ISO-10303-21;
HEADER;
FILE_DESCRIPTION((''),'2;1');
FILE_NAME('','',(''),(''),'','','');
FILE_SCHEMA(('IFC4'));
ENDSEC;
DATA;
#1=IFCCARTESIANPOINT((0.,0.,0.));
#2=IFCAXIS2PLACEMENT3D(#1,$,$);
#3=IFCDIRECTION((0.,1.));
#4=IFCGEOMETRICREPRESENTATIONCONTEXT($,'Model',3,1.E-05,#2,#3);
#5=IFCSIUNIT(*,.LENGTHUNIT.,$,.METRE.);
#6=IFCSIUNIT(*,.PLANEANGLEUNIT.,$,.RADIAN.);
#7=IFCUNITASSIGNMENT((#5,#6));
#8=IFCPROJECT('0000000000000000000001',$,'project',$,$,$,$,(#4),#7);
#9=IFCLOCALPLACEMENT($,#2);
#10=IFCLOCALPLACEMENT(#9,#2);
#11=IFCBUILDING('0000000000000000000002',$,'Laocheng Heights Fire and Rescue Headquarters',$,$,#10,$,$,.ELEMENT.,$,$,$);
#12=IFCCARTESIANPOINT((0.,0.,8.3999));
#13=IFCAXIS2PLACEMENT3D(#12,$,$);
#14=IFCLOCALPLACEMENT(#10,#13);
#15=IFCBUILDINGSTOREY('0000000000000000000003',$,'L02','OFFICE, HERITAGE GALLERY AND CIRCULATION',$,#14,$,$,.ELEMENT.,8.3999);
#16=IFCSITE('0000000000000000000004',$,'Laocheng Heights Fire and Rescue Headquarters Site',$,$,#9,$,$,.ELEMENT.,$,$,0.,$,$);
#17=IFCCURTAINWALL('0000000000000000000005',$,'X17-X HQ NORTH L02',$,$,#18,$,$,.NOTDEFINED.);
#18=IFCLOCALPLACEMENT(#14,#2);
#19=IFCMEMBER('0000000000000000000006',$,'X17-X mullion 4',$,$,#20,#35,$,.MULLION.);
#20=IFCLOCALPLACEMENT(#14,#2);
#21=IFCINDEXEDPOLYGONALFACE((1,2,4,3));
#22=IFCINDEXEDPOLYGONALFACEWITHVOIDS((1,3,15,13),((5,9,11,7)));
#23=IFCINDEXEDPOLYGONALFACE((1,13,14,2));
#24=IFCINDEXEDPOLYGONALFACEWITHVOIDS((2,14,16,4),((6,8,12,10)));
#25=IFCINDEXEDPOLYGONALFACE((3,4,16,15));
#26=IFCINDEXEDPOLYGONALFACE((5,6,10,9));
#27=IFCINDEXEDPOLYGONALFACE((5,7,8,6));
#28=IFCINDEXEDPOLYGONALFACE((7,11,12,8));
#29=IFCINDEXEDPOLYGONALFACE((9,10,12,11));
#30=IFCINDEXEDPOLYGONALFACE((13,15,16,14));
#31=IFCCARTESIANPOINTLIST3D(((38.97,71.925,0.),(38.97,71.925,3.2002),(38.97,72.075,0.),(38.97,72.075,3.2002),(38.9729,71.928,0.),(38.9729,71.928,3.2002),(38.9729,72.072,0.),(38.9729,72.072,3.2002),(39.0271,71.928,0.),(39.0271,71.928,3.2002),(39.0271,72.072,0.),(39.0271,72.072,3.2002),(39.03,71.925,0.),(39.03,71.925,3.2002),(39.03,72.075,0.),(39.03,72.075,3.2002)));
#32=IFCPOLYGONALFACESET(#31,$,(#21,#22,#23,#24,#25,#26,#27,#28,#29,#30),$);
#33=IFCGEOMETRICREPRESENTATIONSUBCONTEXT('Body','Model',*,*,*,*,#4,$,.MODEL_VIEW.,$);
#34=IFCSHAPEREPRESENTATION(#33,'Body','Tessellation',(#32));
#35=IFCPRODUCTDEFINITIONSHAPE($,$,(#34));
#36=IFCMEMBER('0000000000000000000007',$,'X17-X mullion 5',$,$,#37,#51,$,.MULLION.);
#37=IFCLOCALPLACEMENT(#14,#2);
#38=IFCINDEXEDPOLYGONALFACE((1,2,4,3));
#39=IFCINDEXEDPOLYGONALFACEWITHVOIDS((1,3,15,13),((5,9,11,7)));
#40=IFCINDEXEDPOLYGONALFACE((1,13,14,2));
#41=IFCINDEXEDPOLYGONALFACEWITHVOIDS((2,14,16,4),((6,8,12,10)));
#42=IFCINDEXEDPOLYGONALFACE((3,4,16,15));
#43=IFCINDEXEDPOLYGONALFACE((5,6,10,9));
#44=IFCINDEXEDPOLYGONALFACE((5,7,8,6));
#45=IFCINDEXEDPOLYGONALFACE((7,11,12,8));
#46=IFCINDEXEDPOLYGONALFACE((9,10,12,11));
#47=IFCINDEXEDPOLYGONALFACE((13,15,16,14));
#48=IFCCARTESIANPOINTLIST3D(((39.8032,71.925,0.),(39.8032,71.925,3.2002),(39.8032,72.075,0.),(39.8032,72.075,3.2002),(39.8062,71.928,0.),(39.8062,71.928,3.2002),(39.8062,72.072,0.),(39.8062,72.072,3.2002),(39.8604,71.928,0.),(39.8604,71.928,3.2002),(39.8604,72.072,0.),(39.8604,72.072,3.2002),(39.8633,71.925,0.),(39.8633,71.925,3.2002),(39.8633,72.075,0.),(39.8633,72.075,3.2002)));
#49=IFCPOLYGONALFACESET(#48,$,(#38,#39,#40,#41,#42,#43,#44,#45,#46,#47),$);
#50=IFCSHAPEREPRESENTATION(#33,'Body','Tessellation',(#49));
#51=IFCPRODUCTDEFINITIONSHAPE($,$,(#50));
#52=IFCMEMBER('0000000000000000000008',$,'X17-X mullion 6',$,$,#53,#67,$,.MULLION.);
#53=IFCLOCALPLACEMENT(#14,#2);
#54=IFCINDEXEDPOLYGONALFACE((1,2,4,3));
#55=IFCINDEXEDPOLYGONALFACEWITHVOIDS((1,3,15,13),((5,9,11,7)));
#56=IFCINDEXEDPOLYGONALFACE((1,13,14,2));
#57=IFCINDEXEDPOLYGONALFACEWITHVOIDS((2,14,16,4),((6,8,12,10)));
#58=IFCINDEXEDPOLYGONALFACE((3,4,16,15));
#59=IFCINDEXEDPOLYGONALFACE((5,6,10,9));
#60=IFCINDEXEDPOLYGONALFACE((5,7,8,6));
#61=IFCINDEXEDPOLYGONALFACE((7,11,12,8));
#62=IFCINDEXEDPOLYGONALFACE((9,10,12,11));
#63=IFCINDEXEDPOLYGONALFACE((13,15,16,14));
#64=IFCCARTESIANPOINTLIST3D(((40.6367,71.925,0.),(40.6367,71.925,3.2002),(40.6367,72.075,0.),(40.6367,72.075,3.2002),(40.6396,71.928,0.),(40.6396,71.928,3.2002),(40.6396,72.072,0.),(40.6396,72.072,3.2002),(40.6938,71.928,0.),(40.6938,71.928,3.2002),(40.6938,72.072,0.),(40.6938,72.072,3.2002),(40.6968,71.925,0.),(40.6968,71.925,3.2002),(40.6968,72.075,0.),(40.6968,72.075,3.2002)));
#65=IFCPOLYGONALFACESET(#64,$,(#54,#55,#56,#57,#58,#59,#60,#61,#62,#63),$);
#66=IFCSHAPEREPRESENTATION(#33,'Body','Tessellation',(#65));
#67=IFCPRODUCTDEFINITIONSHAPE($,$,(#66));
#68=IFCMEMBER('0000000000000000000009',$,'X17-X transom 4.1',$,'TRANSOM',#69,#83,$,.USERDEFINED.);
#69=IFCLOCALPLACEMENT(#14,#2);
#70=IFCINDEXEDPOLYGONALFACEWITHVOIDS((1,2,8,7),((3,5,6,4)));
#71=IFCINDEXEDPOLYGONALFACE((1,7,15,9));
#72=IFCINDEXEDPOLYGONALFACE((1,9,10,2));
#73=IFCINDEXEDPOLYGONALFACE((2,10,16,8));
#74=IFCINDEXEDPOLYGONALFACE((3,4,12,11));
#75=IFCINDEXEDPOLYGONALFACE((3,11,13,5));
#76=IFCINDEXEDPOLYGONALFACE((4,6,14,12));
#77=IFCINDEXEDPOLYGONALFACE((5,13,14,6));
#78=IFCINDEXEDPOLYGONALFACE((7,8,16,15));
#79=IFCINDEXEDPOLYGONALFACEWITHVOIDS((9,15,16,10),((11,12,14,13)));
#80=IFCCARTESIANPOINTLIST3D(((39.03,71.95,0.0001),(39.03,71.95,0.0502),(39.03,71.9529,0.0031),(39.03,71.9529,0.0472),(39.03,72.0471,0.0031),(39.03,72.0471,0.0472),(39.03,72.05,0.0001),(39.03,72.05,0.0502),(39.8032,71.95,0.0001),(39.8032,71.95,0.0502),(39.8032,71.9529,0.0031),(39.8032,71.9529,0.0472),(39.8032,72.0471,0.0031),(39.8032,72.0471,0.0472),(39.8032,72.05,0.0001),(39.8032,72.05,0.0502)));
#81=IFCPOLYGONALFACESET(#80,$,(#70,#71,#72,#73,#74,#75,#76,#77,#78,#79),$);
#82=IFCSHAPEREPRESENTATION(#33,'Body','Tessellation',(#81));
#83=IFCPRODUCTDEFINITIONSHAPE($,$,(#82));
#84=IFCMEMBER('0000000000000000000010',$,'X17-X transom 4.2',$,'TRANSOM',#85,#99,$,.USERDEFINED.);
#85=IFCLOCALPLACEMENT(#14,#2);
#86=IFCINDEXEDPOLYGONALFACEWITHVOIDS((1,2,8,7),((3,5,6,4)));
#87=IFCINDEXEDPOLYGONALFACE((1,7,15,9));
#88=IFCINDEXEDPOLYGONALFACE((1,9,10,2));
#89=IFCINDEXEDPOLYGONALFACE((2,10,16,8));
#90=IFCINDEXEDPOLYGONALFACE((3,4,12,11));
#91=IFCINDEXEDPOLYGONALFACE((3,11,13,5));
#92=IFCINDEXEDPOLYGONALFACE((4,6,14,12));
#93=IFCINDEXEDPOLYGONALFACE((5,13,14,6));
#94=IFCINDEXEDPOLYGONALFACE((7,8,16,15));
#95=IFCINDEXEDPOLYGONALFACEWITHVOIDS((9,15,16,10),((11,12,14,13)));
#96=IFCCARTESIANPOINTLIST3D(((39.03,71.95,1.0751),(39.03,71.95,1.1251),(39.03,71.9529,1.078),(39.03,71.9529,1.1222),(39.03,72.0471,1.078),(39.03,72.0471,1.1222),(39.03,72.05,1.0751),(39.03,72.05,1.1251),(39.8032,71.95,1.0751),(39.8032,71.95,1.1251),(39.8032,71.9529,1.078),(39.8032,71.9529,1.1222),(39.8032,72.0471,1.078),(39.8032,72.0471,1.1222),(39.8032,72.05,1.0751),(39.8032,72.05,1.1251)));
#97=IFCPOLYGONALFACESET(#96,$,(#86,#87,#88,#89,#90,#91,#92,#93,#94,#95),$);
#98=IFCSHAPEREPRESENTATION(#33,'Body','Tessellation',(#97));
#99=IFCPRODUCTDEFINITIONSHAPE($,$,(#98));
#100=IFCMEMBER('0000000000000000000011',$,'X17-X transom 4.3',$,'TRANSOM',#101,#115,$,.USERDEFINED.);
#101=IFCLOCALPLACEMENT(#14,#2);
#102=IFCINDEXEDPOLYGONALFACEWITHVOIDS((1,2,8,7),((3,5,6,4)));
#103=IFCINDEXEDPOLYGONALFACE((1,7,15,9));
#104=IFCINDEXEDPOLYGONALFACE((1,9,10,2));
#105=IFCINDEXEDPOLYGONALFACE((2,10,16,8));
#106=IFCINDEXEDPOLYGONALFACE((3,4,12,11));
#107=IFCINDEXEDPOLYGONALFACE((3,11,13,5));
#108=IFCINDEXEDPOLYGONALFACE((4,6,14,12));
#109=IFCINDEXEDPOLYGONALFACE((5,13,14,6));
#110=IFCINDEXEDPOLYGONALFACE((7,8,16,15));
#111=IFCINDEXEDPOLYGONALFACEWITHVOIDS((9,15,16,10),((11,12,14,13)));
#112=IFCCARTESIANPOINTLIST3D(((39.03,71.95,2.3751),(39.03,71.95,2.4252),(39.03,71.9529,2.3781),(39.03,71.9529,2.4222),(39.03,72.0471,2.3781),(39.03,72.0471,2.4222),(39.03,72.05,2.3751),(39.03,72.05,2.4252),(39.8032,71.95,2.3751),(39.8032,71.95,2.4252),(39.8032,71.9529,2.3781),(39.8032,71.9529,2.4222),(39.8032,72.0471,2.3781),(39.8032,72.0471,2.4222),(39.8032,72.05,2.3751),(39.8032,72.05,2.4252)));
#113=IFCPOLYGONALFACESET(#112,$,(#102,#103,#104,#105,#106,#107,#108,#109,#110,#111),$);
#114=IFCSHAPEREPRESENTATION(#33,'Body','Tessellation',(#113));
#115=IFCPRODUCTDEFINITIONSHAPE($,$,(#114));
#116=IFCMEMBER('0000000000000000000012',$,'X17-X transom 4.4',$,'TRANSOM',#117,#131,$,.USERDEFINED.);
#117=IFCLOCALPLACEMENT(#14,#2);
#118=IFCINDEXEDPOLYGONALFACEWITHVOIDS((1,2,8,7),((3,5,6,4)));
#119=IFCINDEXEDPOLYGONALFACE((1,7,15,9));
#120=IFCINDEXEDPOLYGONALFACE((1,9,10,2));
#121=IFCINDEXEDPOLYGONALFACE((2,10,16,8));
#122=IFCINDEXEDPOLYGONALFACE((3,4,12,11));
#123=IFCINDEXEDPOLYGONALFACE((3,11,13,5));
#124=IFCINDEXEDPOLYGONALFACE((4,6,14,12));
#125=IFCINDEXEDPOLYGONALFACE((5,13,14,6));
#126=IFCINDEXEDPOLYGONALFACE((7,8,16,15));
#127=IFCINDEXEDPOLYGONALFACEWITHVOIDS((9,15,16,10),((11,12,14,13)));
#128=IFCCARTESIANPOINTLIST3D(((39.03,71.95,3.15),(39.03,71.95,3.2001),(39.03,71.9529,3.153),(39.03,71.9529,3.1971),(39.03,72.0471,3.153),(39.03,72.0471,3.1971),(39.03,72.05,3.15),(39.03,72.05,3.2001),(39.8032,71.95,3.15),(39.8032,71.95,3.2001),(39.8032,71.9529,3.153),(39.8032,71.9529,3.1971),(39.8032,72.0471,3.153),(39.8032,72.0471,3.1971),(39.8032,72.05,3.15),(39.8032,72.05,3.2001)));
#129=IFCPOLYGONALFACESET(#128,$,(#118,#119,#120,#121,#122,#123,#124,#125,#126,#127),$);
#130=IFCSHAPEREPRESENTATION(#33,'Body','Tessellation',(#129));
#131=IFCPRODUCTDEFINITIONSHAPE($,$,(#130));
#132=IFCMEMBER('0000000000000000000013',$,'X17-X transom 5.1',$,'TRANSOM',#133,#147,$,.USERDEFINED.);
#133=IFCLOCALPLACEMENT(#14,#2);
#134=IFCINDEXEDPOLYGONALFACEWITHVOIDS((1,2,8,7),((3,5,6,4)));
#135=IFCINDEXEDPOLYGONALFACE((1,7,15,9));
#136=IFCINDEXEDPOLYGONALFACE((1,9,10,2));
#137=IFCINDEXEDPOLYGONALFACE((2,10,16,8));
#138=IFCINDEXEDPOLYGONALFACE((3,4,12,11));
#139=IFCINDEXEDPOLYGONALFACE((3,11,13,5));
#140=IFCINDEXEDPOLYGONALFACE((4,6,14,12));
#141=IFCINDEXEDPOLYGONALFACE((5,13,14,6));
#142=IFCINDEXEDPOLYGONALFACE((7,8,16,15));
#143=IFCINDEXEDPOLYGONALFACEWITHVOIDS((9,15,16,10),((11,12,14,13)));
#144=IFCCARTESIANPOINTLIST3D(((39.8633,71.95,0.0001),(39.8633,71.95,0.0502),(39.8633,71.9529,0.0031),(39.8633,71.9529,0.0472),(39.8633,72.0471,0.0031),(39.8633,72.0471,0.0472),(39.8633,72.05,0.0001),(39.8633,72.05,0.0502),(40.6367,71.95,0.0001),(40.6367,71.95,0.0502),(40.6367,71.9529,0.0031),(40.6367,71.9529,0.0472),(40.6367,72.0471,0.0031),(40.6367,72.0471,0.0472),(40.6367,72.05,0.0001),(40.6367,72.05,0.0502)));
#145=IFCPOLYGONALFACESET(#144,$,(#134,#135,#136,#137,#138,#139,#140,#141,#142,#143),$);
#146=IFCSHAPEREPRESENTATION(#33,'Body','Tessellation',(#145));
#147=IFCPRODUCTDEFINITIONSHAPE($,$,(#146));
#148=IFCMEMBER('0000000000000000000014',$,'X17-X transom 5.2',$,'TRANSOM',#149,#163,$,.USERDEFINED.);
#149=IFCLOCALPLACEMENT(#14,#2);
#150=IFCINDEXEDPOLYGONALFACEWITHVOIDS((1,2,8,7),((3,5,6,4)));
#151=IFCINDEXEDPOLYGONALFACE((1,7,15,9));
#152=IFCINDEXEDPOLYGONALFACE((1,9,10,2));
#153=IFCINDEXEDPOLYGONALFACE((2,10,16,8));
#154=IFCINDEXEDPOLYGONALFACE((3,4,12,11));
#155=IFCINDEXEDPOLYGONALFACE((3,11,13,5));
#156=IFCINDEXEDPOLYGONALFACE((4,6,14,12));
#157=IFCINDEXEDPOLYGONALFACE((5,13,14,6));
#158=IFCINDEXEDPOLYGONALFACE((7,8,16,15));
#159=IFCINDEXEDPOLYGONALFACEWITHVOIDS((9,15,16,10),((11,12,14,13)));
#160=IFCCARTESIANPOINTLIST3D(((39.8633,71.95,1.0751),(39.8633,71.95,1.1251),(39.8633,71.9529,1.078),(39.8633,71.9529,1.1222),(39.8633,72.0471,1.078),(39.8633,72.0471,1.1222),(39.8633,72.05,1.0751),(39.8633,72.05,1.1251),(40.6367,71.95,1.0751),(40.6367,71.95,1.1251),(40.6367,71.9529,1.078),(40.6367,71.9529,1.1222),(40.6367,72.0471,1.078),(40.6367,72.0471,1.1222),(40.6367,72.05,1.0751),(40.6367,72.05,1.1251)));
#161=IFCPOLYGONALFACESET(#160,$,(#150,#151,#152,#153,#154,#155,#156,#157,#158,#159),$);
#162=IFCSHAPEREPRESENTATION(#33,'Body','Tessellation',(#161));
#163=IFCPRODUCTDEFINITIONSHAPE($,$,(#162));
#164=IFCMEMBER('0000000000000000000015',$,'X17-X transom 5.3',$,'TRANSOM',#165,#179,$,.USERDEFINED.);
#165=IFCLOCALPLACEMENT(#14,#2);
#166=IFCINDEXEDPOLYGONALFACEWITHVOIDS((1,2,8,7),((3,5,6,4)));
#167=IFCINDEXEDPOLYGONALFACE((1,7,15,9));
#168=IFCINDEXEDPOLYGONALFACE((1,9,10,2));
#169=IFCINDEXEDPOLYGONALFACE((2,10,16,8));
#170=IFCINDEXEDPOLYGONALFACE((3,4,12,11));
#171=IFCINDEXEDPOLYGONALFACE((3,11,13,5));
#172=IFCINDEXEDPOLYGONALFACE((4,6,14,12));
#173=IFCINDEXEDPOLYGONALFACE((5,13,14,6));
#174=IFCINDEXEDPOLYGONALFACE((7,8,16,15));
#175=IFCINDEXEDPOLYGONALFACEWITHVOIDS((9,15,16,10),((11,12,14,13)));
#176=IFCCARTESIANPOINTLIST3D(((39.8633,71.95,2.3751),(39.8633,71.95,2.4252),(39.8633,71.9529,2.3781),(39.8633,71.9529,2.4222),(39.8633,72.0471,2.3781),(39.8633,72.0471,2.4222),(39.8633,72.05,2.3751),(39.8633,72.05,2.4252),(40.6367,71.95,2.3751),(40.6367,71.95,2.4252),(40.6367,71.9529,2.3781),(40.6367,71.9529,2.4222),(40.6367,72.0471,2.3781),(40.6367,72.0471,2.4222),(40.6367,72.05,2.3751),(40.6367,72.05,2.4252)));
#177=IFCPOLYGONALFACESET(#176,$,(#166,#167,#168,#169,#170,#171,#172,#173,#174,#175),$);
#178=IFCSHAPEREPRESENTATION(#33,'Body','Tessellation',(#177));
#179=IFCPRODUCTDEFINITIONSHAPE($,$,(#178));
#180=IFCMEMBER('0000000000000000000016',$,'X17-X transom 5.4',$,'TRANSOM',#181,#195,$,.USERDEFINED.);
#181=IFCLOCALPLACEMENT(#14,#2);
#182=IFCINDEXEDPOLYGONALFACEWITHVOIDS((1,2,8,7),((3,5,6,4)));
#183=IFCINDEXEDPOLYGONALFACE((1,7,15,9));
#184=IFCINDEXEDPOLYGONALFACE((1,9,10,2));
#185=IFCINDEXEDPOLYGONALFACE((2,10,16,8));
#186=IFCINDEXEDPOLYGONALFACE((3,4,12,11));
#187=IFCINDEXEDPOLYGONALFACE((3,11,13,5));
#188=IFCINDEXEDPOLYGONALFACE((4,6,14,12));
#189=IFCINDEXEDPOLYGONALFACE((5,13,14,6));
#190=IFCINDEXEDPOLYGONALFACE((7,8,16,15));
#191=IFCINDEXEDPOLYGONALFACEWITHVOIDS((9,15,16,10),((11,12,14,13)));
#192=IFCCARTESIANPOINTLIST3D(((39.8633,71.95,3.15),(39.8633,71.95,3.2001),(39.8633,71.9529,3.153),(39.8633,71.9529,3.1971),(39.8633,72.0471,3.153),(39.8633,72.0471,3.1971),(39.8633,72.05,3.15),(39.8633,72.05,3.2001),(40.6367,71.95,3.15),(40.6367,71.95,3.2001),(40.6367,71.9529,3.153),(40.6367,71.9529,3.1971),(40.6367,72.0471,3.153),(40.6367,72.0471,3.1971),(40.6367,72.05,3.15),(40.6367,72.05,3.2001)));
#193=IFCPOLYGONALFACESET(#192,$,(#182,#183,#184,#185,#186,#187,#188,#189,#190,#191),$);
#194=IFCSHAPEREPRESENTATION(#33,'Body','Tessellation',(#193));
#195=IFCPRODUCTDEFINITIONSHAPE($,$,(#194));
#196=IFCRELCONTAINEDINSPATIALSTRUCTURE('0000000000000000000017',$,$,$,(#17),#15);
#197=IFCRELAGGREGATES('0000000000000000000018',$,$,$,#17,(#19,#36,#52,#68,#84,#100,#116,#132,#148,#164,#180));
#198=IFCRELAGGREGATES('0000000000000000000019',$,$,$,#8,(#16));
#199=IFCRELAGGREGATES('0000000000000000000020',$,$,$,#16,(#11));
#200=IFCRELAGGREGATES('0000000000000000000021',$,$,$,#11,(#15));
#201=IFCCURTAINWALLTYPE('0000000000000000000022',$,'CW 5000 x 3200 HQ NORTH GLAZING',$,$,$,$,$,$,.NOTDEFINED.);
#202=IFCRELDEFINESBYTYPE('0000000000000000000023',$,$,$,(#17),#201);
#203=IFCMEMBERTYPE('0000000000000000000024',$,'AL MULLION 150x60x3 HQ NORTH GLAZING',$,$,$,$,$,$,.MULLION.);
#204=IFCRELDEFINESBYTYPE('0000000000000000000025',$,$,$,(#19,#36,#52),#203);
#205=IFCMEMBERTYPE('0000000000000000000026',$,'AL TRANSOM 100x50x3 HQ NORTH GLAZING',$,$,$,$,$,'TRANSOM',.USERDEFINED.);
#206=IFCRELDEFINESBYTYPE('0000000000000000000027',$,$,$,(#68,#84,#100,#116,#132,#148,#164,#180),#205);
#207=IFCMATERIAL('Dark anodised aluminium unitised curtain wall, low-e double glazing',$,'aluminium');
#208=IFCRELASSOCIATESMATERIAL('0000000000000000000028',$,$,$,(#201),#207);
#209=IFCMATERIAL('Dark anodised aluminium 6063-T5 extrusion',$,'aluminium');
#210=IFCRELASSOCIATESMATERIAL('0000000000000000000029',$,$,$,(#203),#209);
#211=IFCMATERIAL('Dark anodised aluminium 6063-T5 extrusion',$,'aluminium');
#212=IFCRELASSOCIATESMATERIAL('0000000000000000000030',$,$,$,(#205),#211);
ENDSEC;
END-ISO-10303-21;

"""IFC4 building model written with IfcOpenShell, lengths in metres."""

from ifc_helpers import new_model, si_unit, direction, frame, origin, origin_2d, place, context, subcontext, project, spatial, hollow_rectangle, extrude, material, material_profile, profile_set, type_object, element, aggregate, save


model = new_model("IFC4")

# Units and contexts
model_context = context("Model", 3, precision=1e-05, world=origin(), true_north=direction((0.0, 1.0)))
body_context = subcontext(model_context, "Body", "Model", "MODEL_VIEW")
ifc_project = project(units=[si_unit("LENGTHUNIT", "METRE"), si_unit("PLANEANGLEUNIT", "RADIAN")], contexts=[model_context])

# Site, building, storey
site_placement = place(None, origin())
site = spatial("IfcSite", under=ifc_project, at=site_placement, Name="Laocheng Heights Fire and Rescue Headquarters Site", CompositionType="ELEMENT", RefElevation=0.0)
building_placement = place(site_placement, origin())
building = spatial("IfcBuilding", under=site, at=building_placement, Name="Laocheng Heights Fire and Rescue Headquarters", CompositionType="ELEMENT")
storey_placement = place(building_placement, frame((0.0, 0.0, 8.3999)))
storey = spatial("IfcBuildingStorey", under=building, at=storey_placement, Name="L02", Description="OFFICE, HERITAGE GALLERY AND CIRCULATION", CompositionType="ELEMENT", Elevation=8.3999)

# Curtain wall, members
ifc_material_1 = material(Name="Dark anodised aluminium unitised curtain wall, low-e double glazing", Category="aluminium")
curtain_wall_type = type_object("IfcCurtainWallType", Name="CW 5000 x 3200 HQ NORTH GLAZING", PredefinedType="NOTDEFINED", material=ifc_material_1)
curtain_wall_placement = place(storey_placement, origin())
curtain_wall = element("IfcCurtainWall", 1, at=curtain_wall_placement, inside=storey, type_object=curtain_wall_type, Name="X17-X HQ NORTH L02", PredefinedType="NOTDEFINED")
ifc_material_2 = material(Name="Dark anodised aluminium 6063-T5 extrusion", Category="aluminium")
ifc_material_profile_1 = material_profile(ifc_material_2, hollow_rectangle(XDim=0.1499, YDim=0.0601, WallThickness=0.0029, at=origin_2d()), Name="AL MULLION 150x60x3 HQ NORTH GLAZING")
ifc_profile_set_1 = profile_set([ifc_material_profile_1], Name="Dark anodised aluminium 6063-T5 extrusion")
member_type_1 = type_object("IfcMemberType", Name="AL MULLION 150x60x3 HQ NORTH GLAZING", PredefinedType="MULLION", material=ifc_profile_set_1)
member_1_placement = place(storey_placement, frame((39.0, 72.0, 0.0), z_axis=(0.0, 0.0, 1.0), x_axis=(0.0, 1.0, 0.0)))
member_1 = element("IfcMember", 2, at=member_1_placement, type_object=member_type_1, Name="X17-X mullion 4", PredefinedType="MULLION", context=body_context, shape_type="SweptSolid", body=[
    extrude(hollow_rectangle(XDim=0.1499, YDim=0.0601, WallThickness=0.0029, at=origin_2d()), origin(), (0.0, 0.0, 1.0), 3.2002),
])
member_2_placement = place(storey_placement, frame((39.8333, 72.0, 0.0), z_axis=(0.0, 0.0, 1.0), x_axis=(0.0, 1.0, 0.0)))
member_2 = element("IfcMember", 3, at=member_2_placement, type_object=member_type_1, Name="X17-X mullion 5", PredefinedType="MULLION", context=body_context, shape_type="SweptSolid", body=[
    extrude(hollow_rectangle(XDim=0.1499, YDim=0.0601, WallThickness=0.0029, at=origin_2d()), origin(), (0.0, 0.0, 1.0), 3.2002),
])
member_3_placement = place(storey_placement, frame((40.6667, 72.0, 0.0), z_axis=(0.0, 0.0, 1.0), x_axis=(0.0, 1.0, 0.0)))
member_3 = element("IfcMember", 4, at=member_3_placement, type_object=member_type_1, Name="X17-X mullion 6", PredefinedType="MULLION", context=body_context, shape_type="SweptSolid", body=[
    extrude(hollow_rectangle(XDim=0.1499, YDim=0.0601, WallThickness=0.0029, at=origin_2d()), origin(), (0.0, 0.0, 1.0), 3.2002),
])
ifc_material_3 = material(Name="Dark anodised aluminium 6063-T5 extrusion", Category="aluminium")
ifc_material_profile_2 = material_profile(ifc_material_3, hollow_rectangle(XDim=0.1001, YDim=0.05, WallThickness=0.0029, at=origin_2d()), Name="AL TRANSOM 100x50x3 HQ NORTH GLAZING")
ifc_profile_set_2 = profile_set([ifc_material_profile_2], Name="Dark anodised aluminium 6063-T5 extrusion")
member_type_2 = type_object("IfcMemberType", Name="AL TRANSOM 100x50x3 HQ NORTH GLAZING", ElementType="TRANSOM", PredefinedType="USERDEFINED", material=ifc_profile_set_2)
member_4_placement = place(storey_placement, frame((39.03, 72.0, 0.0251), z_axis=(1.0, 0.0, 0.0), x_axis=(0.0, 1.0, 0.0)))
member_4 = element("IfcMember", 5, at=member_4_placement, type_object=member_type_2, Name="X17-X transom 4.1", ObjectType="TRANSOM", PredefinedType="USERDEFINED", context=body_context, shape_type="SweptSolid", body=[
    extrude(hollow_rectangle(XDim=0.1001, YDim=0.05, WallThickness=0.0029, at=origin_2d()), origin(), (0.0, 0.0, 1.0), 0.7732),
])
member_5_placement = place(storey_placement, frame((39.03, 72.0, 1.1001), z_axis=(1.0, 0.0, 0.0), x_axis=(0.0, 1.0, 0.0)))
member_5 = element("IfcMember", 6, at=member_5_placement, type_object=member_type_2, Name="X17-X transom 4.2", ObjectType="TRANSOM", PredefinedType="USERDEFINED", context=body_context, shape_type="SweptSolid", body=[
    extrude(hollow_rectangle(XDim=0.1001, YDim=0.05, WallThickness=0.0029, at=origin_2d()), origin(), (0.0, 0.0, 1.0), 0.7732),
])
member_6_placement = place(storey_placement, frame((39.03, 72.0, 2.4001), z_axis=(1.0, 0.0, 0.0), x_axis=(0.0, 1.0, 0.0)))
member_6 = element("IfcMember", 7, at=member_6_placement, type_object=member_type_2, Name="X17-X transom 4.3", ObjectType="TRANSOM", PredefinedType="USERDEFINED", context=body_context, shape_type="SweptSolid", body=[
    extrude(hollow_rectangle(XDim=0.1001, YDim=0.05, WallThickness=0.0029, at=origin_2d()), origin(), (0.0, 0.0, 1.0), 0.7732),
])
member_7_placement = place(storey_placement, frame((39.03, 72.0, 3.175), z_axis=(1.0, 0.0, 0.0), x_axis=(0.0, 1.0, 0.0)))
member_7 = element("IfcMember", 8, at=member_7_placement, type_object=member_type_2, Name="X17-X transom 4.4", ObjectType="TRANSOM", PredefinedType="USERDEFINED", context=body_context, shape_type="SweptSolid", body=[
    extrude(hollow_rectangle(XDim=0.1001, YDim=0.05, WallThickness=0.0029, at=origin_2d()), origin(), (0.0, 0.0, 1.0), 0.7732),
])
member_8_placement = place(storey_placement, frame((39.8633, 72.0, 0.0251), z_axis=(1.0, 0.0, 0.0), x_axis=(0.0, 1.0, 0.0)))
member_8 = element("IfcMember", 9, at=member_8_placement, type_object=member_type_2, Name="X17-X transom 5.1", ObjectType="TRANSOM", PredefinedType="USERDEFINED", context=body_context, shape_type="SweptSolid", body=[
    extrude(hollow_rectangle(XDim=0.1001, YDim=0.05, WallThickness=0.0029, at=origin_2d()), origin(), (0.0, 0.0, 1.0), 0.7734),
])
member_9_placement = place(storey_placement, frame((39.8633, 72.0, 1.1001), z_axis=(1.0, 0.0, 0.0), x_axis=(0.0, 1.0, 0.0)))
member_9 = element("IfcMember", 10, at=member_9_placement, type_object=member_type_2, Name="X17-X transom 5.2", ObjectType="TRANSOM", PredefinedType="USERDEFINED", context=body_context, shape_type="SweptSolid", body=[
    extrude(hollow_rectangle(XDim=0.1001, YDim=0.05, WallThickness=0.0029, at=origin_2d()), origin(), (0.0, 0.0, 1.0), 0.7734),
])
member_10_placement = place(storey_placement, frame((39.8633, 72.0, 2.4001), z_axis=(1.0, 0.0, 0.0), x_axis=(0.0, 1.0, 0.0)))
member_10 = element("IfcMember", 11, at=member_10_placement, type_object=member_type_2, Name="X17-X transom 5.3", ObjectType="TRANSOM", PredefinedType="USERDEFINED", context=body_context, shape_type="SweptSolid", body=[
    extrude(hollow_rectangle(XDim=0.1001, YDim=0.05, WallThickness=0.0029, at=origin_2d()), origin(), (0.0, 0.0, 1.0), 0.7734),
])
member_11_placement = place(storey_placement, frame((39.8633, 72.0, 3.175), z_axis=(1.0, 0.0, 0.0), x_axis=(0.0, 1.0, 0.0)))
member_11 = element("IfcMember", 12, at=member_11_placement, type_object=member_type_2, Name="X17-X transom 5.4", ObjectType="TRANSOM", PredefinedType="USERDEFINED", context=body_context, shape_type="SweptSolid", body=[
    extrude(hollow_rectangle(XDim=0.1001, YDim=0.05, WallThickness=0.0029, at=origin_2d()), origin(), (0.0, 0.0, 1.0), 0.7734),
])

aggregate(curtain_wall, [member_1, member_2, member_3, member_4, member_5, member_6, member_7, member_8, member_9, member_10, member_11])

save(model, "model.ifc")
